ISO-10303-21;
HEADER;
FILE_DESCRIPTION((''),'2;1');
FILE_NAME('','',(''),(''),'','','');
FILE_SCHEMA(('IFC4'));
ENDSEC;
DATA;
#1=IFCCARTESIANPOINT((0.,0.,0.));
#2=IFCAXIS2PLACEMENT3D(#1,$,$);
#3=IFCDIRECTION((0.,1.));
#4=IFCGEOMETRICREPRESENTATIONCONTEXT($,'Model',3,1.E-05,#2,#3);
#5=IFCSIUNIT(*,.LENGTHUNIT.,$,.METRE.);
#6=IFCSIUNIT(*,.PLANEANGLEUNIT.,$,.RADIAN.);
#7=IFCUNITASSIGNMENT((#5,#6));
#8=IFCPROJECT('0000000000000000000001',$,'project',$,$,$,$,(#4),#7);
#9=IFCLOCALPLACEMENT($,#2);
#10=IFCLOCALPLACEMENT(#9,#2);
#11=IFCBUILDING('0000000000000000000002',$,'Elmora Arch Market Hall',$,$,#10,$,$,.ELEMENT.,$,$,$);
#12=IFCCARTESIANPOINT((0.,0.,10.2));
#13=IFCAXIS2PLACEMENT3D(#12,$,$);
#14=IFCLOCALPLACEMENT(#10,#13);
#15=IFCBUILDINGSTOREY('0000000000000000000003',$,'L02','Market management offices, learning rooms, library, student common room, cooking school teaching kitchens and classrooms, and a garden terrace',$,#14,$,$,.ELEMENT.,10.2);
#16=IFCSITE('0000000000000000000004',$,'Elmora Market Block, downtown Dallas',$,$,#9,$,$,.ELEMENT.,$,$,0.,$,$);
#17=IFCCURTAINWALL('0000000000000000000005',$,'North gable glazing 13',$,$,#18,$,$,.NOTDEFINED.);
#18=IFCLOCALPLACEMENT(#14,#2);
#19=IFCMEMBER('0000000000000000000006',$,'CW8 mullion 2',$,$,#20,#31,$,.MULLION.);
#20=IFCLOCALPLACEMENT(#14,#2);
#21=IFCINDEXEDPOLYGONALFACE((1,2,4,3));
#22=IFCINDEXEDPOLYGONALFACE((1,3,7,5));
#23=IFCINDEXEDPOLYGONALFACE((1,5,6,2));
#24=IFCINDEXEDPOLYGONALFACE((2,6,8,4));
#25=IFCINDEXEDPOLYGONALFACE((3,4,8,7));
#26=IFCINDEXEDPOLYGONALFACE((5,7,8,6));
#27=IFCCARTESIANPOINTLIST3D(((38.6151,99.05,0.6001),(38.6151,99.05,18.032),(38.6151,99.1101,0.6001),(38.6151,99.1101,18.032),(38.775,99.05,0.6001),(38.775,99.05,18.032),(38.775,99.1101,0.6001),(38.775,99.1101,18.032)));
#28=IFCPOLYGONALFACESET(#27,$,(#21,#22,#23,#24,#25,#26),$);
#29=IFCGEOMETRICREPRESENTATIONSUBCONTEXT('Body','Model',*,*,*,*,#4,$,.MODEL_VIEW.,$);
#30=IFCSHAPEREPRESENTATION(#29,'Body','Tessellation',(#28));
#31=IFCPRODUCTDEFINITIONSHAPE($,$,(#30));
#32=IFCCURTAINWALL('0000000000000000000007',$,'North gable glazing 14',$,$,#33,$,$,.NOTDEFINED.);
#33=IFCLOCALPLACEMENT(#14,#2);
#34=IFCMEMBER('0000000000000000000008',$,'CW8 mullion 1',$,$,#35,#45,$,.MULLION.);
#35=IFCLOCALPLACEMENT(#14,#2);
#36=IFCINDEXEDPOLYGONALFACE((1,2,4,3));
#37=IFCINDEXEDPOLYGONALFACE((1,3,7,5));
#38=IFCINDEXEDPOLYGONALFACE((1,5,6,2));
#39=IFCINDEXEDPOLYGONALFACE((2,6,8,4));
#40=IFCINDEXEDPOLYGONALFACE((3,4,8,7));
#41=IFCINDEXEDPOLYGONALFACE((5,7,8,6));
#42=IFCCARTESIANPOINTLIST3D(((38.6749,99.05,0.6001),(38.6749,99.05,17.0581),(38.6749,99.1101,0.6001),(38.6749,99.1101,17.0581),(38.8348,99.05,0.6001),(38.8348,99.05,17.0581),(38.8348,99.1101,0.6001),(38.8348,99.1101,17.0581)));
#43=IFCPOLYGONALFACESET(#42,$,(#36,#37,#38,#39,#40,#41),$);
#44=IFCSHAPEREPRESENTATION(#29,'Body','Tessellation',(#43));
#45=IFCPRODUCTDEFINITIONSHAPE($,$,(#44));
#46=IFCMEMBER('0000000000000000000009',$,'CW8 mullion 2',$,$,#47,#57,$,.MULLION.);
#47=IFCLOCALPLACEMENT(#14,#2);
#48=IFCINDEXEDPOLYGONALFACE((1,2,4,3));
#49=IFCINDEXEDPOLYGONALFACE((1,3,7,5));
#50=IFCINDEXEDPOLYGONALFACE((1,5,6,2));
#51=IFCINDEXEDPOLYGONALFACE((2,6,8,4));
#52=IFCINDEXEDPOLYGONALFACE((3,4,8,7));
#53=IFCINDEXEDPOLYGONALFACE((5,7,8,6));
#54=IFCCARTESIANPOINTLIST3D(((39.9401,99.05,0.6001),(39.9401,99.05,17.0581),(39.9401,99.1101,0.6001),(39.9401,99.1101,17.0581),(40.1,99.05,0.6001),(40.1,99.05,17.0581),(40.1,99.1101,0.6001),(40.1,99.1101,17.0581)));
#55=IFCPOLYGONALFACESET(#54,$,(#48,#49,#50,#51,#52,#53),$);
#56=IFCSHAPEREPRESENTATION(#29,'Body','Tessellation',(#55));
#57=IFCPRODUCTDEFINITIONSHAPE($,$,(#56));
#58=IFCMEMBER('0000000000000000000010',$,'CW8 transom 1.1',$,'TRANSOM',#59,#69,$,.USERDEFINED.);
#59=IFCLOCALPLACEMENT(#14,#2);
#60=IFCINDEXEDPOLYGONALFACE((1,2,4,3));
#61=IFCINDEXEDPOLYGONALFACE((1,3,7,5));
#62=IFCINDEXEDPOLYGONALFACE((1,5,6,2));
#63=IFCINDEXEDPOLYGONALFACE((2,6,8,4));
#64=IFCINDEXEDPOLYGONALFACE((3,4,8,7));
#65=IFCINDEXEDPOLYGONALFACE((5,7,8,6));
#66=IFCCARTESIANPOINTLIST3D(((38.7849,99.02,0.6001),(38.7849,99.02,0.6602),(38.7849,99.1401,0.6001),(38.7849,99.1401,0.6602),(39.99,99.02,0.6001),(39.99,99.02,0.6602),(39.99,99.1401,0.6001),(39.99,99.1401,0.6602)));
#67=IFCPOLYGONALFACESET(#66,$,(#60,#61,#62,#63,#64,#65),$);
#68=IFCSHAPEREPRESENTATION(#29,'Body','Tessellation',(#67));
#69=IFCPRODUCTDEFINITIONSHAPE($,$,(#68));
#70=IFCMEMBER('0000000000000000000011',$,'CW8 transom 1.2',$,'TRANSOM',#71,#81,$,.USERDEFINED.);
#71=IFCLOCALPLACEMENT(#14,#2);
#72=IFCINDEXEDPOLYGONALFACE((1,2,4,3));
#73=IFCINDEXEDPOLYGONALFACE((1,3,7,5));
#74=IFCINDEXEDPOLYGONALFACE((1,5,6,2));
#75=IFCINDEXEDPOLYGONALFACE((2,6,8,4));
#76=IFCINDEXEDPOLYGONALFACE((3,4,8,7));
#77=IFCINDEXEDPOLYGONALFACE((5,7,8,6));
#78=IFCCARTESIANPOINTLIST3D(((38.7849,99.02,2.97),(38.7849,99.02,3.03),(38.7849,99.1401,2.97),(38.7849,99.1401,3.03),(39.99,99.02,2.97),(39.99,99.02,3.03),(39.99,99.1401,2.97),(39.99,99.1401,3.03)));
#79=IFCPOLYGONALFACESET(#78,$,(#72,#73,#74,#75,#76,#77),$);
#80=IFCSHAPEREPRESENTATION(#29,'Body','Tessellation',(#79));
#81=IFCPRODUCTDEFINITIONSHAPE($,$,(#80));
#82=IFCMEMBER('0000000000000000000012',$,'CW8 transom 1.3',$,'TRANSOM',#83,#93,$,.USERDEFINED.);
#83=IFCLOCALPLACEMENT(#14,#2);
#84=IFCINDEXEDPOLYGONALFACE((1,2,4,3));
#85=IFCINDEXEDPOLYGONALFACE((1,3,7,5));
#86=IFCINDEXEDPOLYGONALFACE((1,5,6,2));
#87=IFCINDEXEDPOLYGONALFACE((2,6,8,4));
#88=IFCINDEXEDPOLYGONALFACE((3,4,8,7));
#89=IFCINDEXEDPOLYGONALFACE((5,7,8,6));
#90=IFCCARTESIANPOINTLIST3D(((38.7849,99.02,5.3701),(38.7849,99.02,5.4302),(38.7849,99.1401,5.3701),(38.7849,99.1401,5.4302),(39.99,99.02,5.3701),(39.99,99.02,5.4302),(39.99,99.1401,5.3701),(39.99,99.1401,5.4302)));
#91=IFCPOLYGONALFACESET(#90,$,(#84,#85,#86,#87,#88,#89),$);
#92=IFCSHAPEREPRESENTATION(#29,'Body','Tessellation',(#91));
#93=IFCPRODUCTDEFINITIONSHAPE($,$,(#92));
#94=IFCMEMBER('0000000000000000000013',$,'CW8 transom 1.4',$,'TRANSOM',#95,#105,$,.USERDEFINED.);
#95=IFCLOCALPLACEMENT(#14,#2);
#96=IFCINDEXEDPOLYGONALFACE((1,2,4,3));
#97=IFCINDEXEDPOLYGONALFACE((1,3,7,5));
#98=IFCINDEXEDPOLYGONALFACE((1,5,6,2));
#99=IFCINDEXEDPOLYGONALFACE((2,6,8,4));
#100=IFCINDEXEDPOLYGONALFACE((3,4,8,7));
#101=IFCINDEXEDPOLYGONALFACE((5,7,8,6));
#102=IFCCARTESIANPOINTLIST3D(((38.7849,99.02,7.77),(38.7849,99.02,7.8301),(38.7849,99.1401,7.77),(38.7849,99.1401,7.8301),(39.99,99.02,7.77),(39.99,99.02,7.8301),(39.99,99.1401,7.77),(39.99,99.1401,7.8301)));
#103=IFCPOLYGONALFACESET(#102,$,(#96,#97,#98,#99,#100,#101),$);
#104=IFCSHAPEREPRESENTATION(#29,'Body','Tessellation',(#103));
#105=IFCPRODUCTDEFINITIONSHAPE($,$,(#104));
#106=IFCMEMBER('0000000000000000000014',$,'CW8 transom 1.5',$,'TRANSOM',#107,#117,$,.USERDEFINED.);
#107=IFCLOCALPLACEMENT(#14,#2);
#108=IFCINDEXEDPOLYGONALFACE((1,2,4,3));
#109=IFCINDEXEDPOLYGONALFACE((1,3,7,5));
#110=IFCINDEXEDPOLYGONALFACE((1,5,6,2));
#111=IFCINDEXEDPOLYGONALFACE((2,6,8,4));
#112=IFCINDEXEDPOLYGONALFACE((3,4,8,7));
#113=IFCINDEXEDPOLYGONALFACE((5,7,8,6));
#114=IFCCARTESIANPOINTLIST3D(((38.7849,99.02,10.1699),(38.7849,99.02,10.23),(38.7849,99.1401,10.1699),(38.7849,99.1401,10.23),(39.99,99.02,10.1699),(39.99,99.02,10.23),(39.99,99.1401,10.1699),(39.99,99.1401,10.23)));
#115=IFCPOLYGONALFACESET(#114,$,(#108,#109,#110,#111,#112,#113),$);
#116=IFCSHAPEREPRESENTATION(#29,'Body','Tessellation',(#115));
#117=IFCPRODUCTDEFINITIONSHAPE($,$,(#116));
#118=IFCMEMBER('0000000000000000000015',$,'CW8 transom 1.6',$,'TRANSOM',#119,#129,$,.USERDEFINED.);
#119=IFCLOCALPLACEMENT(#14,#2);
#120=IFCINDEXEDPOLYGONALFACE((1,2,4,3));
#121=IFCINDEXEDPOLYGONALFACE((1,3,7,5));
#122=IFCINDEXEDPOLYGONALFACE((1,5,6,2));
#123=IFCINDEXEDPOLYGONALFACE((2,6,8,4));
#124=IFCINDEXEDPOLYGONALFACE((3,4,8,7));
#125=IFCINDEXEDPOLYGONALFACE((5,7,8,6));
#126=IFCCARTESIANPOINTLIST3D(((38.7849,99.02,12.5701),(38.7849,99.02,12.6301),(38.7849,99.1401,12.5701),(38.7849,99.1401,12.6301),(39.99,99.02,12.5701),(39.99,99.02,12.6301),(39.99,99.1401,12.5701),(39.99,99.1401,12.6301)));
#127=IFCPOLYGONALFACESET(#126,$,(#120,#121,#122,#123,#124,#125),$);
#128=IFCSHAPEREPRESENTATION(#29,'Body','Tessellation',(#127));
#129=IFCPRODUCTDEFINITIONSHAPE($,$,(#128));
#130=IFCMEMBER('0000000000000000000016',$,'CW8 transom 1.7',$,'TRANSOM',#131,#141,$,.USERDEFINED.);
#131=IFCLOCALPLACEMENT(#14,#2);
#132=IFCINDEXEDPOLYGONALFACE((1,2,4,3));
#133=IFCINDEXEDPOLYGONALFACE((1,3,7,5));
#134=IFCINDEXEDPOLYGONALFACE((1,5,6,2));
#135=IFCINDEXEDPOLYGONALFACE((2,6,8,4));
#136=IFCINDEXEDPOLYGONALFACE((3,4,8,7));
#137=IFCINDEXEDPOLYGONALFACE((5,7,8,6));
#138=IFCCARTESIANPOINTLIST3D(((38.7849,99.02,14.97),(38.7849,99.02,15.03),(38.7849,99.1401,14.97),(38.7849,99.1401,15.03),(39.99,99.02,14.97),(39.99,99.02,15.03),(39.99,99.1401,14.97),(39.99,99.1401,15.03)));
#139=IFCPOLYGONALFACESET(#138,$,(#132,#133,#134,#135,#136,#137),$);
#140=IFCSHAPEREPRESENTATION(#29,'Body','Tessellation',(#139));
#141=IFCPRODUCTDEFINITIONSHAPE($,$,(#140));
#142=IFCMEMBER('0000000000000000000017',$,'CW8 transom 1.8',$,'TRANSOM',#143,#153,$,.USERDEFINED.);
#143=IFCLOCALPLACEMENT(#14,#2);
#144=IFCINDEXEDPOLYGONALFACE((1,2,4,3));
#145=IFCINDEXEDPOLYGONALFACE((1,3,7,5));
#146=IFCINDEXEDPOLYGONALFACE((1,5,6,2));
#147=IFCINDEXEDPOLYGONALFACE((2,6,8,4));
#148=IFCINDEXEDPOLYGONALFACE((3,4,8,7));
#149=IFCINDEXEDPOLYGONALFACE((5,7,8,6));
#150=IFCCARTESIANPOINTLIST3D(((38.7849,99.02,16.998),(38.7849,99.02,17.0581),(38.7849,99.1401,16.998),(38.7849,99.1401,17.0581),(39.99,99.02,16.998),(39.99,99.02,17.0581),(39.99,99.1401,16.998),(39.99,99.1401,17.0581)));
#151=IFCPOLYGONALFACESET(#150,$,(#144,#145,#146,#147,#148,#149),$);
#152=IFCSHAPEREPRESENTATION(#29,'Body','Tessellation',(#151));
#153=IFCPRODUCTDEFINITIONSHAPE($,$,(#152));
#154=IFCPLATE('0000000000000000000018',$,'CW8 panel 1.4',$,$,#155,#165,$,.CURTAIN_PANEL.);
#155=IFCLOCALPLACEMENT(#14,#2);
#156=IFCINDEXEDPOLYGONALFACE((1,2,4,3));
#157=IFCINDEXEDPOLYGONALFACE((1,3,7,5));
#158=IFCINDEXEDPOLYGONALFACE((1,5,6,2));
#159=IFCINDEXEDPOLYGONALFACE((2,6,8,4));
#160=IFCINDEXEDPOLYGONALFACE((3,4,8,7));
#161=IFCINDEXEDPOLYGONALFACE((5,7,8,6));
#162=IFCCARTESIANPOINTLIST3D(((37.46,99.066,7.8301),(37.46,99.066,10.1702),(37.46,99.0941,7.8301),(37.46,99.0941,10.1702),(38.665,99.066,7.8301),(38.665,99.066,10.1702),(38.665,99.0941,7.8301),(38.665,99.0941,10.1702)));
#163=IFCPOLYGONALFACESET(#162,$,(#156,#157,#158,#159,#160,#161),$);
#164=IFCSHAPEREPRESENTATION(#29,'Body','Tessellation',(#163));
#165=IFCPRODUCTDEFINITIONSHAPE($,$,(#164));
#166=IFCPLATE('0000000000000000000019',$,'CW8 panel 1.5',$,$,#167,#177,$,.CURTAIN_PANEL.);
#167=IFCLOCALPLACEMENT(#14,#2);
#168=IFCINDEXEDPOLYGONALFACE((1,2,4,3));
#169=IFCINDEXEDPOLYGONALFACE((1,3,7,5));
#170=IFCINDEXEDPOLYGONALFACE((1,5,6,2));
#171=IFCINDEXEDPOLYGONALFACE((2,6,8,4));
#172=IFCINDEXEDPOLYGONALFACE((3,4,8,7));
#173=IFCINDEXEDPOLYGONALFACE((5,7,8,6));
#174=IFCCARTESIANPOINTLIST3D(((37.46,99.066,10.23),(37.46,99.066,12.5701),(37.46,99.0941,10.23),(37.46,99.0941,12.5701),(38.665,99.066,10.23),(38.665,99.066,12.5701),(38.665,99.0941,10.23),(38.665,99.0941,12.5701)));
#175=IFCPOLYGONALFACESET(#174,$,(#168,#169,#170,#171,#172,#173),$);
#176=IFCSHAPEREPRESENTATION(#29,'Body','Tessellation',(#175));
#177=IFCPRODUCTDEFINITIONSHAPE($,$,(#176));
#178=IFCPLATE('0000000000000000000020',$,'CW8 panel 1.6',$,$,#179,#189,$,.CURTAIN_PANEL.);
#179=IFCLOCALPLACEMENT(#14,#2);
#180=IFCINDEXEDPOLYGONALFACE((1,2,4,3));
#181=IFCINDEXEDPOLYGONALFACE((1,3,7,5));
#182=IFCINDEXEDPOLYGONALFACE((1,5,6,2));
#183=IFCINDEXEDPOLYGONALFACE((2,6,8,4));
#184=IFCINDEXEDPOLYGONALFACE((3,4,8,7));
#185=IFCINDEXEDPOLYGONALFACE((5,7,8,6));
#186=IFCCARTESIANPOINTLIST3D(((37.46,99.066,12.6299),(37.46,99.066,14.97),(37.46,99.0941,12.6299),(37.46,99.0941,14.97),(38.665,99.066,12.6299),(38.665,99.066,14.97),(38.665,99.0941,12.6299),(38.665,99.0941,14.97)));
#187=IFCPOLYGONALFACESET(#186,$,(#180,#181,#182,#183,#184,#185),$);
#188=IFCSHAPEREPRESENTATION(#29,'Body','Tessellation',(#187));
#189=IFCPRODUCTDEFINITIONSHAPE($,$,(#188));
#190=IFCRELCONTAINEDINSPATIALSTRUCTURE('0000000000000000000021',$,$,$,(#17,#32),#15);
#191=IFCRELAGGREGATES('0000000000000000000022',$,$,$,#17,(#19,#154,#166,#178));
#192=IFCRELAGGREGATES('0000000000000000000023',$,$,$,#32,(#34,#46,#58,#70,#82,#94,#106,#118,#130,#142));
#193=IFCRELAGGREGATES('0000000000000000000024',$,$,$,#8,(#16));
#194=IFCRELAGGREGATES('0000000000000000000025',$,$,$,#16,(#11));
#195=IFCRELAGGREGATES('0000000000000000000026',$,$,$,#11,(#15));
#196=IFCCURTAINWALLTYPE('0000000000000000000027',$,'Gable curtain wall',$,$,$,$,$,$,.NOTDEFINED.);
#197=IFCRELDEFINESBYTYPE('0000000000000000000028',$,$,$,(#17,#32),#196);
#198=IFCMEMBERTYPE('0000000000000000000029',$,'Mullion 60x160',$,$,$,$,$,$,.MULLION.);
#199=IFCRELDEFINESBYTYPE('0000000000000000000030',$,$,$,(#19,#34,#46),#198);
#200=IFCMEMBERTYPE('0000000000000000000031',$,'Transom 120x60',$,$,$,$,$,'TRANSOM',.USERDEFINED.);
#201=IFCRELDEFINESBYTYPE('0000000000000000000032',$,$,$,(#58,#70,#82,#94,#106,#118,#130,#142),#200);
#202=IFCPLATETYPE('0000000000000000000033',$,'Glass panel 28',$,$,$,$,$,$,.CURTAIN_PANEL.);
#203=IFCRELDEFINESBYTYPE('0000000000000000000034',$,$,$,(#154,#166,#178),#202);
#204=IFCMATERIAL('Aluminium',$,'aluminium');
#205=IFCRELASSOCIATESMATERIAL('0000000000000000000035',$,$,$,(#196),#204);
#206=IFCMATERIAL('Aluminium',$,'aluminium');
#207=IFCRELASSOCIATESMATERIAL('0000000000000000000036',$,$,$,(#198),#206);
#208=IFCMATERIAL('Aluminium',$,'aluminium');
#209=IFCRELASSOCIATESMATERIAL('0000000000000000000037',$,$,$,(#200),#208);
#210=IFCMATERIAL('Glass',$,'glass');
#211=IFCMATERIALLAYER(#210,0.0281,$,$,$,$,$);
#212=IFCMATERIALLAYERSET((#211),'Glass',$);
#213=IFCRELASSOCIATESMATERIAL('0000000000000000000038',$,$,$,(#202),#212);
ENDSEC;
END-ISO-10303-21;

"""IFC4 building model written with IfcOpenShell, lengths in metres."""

from ifc_helpers import new_model, si_unit, direction, frame, origin, origin_2d, place, context, subcontext, project, spatial, rectangle, extrude, material, layer, layer_set, material_profile, profile_set, type_object, element, aggregate, save


model = new_model("IFC4")

# Units and contexts
model_context = context("Model", 3, precision=1e-05, world=origin(), true_north=direction((0.0, 1.0)))
body_context = subcontext(model_context, "Body", "Model", "MODEL_VIEW")
ifc_project = project(units=[si_unit("LENGTHUNIT", "METRE"), si_unit("PLANEANGLEUNIT", "RADIAN")], contexts=[model_context])

# Site, building, storey
site_placement = place(None, origin())
site = spatial("IfcSite", under=ifc_project, at=site_placement, Name="Elmora Market Block, downtown Dallas", CompositionType="ELEMENT", RefElevation=0.0)
building_placement = place(site_placement, origin())
building = spatial("IfcBuilding", under=site, at=building_placement, Name="Elmora Arch Market Hall", CompositionType="ELEMENT")
storey_placement = place(building_placement, frame((0.0, 0.0, 10.2)))
storey = spatial("IfcBuildingStorey", under=building, at=storey_placement, Name="L02", Description="Market management offices, learning rooms, library, student common room, cooking school teaching kitchens and classrooms, and a garden terrace", CompositionType="ELEMENT", Elevation=10.2)

# Curtain wall, member
ifc_material_1 = material(Name="Aluminium", Category="aluminium")
curtain_wall_type = type_object("IfcCurtainWallType", Name="Gable curtain wall", PredefinedType="NOTDEFINED", material=ifc_material_1)
curtain_wall_1_placement = place(storey_placement, origin())
curtain_wall_1 = element("IfcCurtainWall", 1, at=curtain_wall_1_placement, inside=storey, type_object=curtain_wall_type, Name="North gable glazing 13", PredefinedType="NOTDEFINED")
ifc_material_2 = material(Name="Aluminium", Category="aluminium")
ifc_material_profile_1 = material_profile(ifc_material_2, rectangle(XDim=0.0601, YDim=0.1599, at=origin_2d()), Name="AL 60x160")
ifc_profile_set_1 = profile_set([ifc_material_profile_1], Name="Aluminium")
member_type_1 = type_object("IfcMemberType", Name="Mullion 60x160", PredefinedType="MULLION", material=ifc_profile_set_1)
member_1_placement = place(storey_placement, frame((38.6951, 99.0801, 0.6001), z_axis=(0.0, 0.0, 1.0), x_axis=(0.0, 1.0, 0.0)))
member_1 = element("IfcMember", 2, at=member_1_placement, type_object=member_type_1, Name="CW8 mullion 2", PredefinedType="MULLION", context=body_context, shape_type="SweptSolid", body=[
    extrude(rectangle(XDim=0.0601, YDim=0.1599, at=origin_2d()), origin(), (0.0, 0.0, 1.0), 17.4319),
])

# Curtain wall, members
curtain_wall_2_placement = place(storey_placement, origin())
curtain_wall_2 = element("IfcCurtainWall", 3, at=curtain_wall_2_placement, inside=storey, type_object=curtain_wall_type, Name="North gable glazing 14", PredefinedType="NOTDEFINED")
member_2_placement = place(storey_placement, frame((38.7549, 99.0801, 0.6001), z_axis=(0.0, 0.0, 1.0), x_axis=(0.0, 1.0, 0.0)))
member_2 = element("IfcMember", 4, at=member_2_placement, type_object=member_type_1, Name="CW8 mullion 1", PredefinedType="MULLION", context=body_context, shape_type="SweptSolid", body=[
    extrude(rectangle(XDim=0.0601, YDim=0.1599, at=origin_2d()), origin(), (0.0, 0.0, 1.0), 16.458),
])
member_3_placement = place(storey_placement, frame((40.02, 99.0801, 0.6001), z_axis=(0.0, 0.0, 1.0), x_axis=(0.0, 1.0, 0.0)))
member_3 = element("IfcMember", 5, at=member_3_placement, type_object=member_type_1, Name="CW8 mullion 2", PredefinedType="MULLION", context=body_context, shape_type="SweptSolid", body=[
    extrude(rectangle(XDim=0.0601, YDim=0.1599, at=origin_2d()), origin(), (0.0, 0.0, 1.0), 16.458),
])
ifc_material_3 = material(Name="Aluminium", Category="aluminium")
ifc_material_profile_2 = material_profile(ifc_material_3, rectangle(XDim=0.1201, YDim=0.0601, at=origin_2d()), Name="AL 120x60")
ifc_profile_set_2 = profile_set([ifc_material_profile_2], Name="Aluminium")
member_type_2 = type_object("IfcMemberType", Name="Transom 120x60", ElementType="TRANSOM", PredefinedType="USERDEFINED", material=ifc_profile_set_2)
member_4_placement = place(storey_placement, frame((38.7849, 99.0801, 0.6301), z_axis=(1.0, 0.0, 0.0), x_axis=(0.0, 1.0, 0.0)))
member_4 = element("IfcMember", 6, at=member_4_placement, type_object=member_type_2, Name="CW8 transom 1.1", ObjectType="TRANSOM", PredefinedType="USERDEFINED", context=body_context, shape_type="SweptSolid", body=[
    extrude(rectangle(XDim=0.1201, YDim=0.0601, at=origin_2d()), origin(), (0.0, 0.0, 1.0), 1.2051),
])
member_5_placement = place(storey_placement, frame((38.7849, 99.0801, 3.0), z_axis=(1.0, 0.0, 0.0), x_axis=(0.0, 1.0, 0.0)))
member_5 = element("IfcMember", 7, at=member_5_placement, type_object=member_type_2, Name="CW8 transom 1.2", ObjectType="TRANSOM", PredefinedType="USERDEFINED", context=body_context, shape_type="SweptSolid", body=[
    extrude(rectangle(XDim=0.1201, YDim=0.0601, at=origin_2d()), origin(), (0.0, 0.0, 1.0), 1.2051),
])
member_6_placement = place(storey_placement, frame((38.7849, 99.0801, 5.4001), z_axis=(1.0, 0.0, 0.0), x_axis=(0.0, 1.0, 0.0)))
member_6 = element("IfcMember", 8, at=member_6_placement, type_object=member_type_2, Name="CW8 transom 1.3", ObjectType="TRANSOM", PredefinedType="USERDEFINED", context=body_context, shape_type="SweptSolid", body=[
    extrude(rectangle(XDim=0.1201, YDim=0.0601, at=origin_2d()), origin(), (0.0, 0.0, 1.0), 1.2051),
])
member_7_placement = place(storey_placement, frame((38.7849, 99.0801, 7.8), z_axis=(1.0, 0.0, 0.0), x_axis=(0.0, 1.0, 0.0)))
member_7 = element("IfcMember", 9, at=member_7_placement, type_object=member_type_2, Name="CW8 transom 1.4", ObjectType="TRANSOM", PredefinedType="USERDEFINED", context=body_context, shape_type="SweptSolid", body=[
    extrude(rectangle(XDim=0.1201, YDim=0.0601, at=origin_2d()), origin(), (0.0, 0.0, 1.0), 1.2051),
])
member_8_placement = place(storey_placement, frame((38.7849, 99.0801, 10.2), z_axis=(1.0, 0.0, 0.0), x_axis=(0.0, 1.0, 0.0)))
member_8 = element("IfcMember", 10, at=member_8_placement, type_object=member_type_2, Name="CW8 transom 1.5", ObjectType="TRANSOM", PredefinedType="USERDEFINED", context=body_context, shape_type="SweptSolid", body=[
    extrude(rectangle(XDim=0.1201, YDim=0.0601, at=origin_2d()), origin(), (0.0, 0.0, 1.0), 1.2051),
])
member_9_placement = place(storey_placement, frame((38.7849, 99.0801, 12.6001), z_axis=(1.0, 0.0, 0.0), x_axis=(0.0, 1.0, 0.0)))
member_9 = element("IfcMember", 11, at=member_9_placement, type_object=member_type_2, Name="CW8 transom 1.6", ObjectType="TRANSOM", PredefinedType="USERDEFINED", context=body_context, shape_type="SweptSolid", body=[
    extrude(rectangle(XDim=0.1201, YDim=0.0601, at=origin_2d()), origin(), (0.0, 0.0, 1.0), 1.2051),
])
member_10_placement = place(storey_placement, frame((38.7849, 99.0801, 15.0), z_axis=(1.0, 0.0, 0.0), x_axis=(0.0, 1.0, 0.0)))
member_10 = element("IfcMember", 12, at=member_10_placement, type_object=member_type_2, Name="CW8 transom 1.7", ObjectType="TRANSOM", PredefinedType="USERDEFINED", context=body_context, shape_type="SweptSolid", body=[
    extrude(rectangle(XDim=0.1201, YDim=0.0601, at=origin_2d()), origin(), (0.0, 0.0, 1.0), 1.2051),
])
member_11_placement = place(storey_placement, frame((38.7849, 99.0801, 17.0281), z_axis=(1.0, 0.0, 0.0), x_axis=(0.0, 1.0, 0.0)))
member_11 = element("IfcMember", 13, at=member_11_placement, type_object=member_type_2, Name="CW8 transom 1.8", ObjectType="TRANSOM", PredefinedType="USERDEFINED", context=body_context, shape_type="SweptSolid", body=[
    extrude(rectangle(XDim=0.1201, YDim=0.0601, at=origin_2d()), origin(), (0.0, 0.0, 1.0), 1.2051),
])

# Plates
ifc_material_4 = material(Name="Glass", Category="glass")
ifc_layer_1 = layer(ifc_material_4, 0.0281)
ifc_layer_set_1 = layer_set([ifc_layer_1], Name="Glass")
plate_type = type_object("IfcPlateType", Name="Glass panel 28", PredefinedType="CURTAIN_PANEL", material=ifc_layer_set_1)
plate_1_placement = place(storey_placement, frame((38.0625, 99.0801, 7.8301), z_axis=(0.0, 0.0, 1.0), x_axis=(1.0, 0.0, 0.0)))
plate_1 = element("IfcPlate", 14, at=plate_1_placement, type_object=plate_type, Name="CW8 panel 1.4", PredefinedType="CURTAIN_PANEL", context=body_context, shape_type="SweptSolid", body=[
    extrude(rectangle(XDim=1.2051, YDim=0.0281, at=origin_2d()), origin(), (0.0, 0.0, 1.0), 2.3401),
])
plate_2_placement = place(storey_placement, frame((38.0625, 99.0801, 10.23), z_axis=(0.0, 0.0, 1.0), x_axis=(1.0, 0.0, 0.0)))
plate_2 = element("IfcPlate", 15, at=plate_2_placement, type_object=plate_type, Name="CW8 panel 1.5", PredefinedType="CURTAIN_PANEL", context=body_context, shape_type="SweptSolid", body=[
    extrude(rectangle(XDim=1.2051, YDim=0.0281, at=origin_2d()), origin(), (0.0, 0.0, 1.0), 2.3401),
])
plate_3_placement = place(storey_placement, frame((38.0625, 99.0801, 12.6299), z_axis=(0.0, 0.0, 1.0), x_axis=(1.0, 0.0, 0.0)))
plate_3 = element("IfcPlate", 16, at=plate_3_placement, type_object=plate_type, Name="CW8 panel 1.6", PredefinedType="CURTAIN_PANEL", context=body_context, shape_type="SweptSolid", body=[
    extrude(rectangle(XDim=1.2051, YDim=0.0281, at=origin_2d()), origin(), (0.0, 0.0, 1.0), 2.3401),
])
aggregate(curtain_wall_1, [member_1, plate_1, plate_2, plate_3])
aggregate(curtain_wall_2, [member_2, member_3, member_4, member_5, member_6, member_7, member_8, member_9, member_10, member_11])

save(model, "model.ifc")
